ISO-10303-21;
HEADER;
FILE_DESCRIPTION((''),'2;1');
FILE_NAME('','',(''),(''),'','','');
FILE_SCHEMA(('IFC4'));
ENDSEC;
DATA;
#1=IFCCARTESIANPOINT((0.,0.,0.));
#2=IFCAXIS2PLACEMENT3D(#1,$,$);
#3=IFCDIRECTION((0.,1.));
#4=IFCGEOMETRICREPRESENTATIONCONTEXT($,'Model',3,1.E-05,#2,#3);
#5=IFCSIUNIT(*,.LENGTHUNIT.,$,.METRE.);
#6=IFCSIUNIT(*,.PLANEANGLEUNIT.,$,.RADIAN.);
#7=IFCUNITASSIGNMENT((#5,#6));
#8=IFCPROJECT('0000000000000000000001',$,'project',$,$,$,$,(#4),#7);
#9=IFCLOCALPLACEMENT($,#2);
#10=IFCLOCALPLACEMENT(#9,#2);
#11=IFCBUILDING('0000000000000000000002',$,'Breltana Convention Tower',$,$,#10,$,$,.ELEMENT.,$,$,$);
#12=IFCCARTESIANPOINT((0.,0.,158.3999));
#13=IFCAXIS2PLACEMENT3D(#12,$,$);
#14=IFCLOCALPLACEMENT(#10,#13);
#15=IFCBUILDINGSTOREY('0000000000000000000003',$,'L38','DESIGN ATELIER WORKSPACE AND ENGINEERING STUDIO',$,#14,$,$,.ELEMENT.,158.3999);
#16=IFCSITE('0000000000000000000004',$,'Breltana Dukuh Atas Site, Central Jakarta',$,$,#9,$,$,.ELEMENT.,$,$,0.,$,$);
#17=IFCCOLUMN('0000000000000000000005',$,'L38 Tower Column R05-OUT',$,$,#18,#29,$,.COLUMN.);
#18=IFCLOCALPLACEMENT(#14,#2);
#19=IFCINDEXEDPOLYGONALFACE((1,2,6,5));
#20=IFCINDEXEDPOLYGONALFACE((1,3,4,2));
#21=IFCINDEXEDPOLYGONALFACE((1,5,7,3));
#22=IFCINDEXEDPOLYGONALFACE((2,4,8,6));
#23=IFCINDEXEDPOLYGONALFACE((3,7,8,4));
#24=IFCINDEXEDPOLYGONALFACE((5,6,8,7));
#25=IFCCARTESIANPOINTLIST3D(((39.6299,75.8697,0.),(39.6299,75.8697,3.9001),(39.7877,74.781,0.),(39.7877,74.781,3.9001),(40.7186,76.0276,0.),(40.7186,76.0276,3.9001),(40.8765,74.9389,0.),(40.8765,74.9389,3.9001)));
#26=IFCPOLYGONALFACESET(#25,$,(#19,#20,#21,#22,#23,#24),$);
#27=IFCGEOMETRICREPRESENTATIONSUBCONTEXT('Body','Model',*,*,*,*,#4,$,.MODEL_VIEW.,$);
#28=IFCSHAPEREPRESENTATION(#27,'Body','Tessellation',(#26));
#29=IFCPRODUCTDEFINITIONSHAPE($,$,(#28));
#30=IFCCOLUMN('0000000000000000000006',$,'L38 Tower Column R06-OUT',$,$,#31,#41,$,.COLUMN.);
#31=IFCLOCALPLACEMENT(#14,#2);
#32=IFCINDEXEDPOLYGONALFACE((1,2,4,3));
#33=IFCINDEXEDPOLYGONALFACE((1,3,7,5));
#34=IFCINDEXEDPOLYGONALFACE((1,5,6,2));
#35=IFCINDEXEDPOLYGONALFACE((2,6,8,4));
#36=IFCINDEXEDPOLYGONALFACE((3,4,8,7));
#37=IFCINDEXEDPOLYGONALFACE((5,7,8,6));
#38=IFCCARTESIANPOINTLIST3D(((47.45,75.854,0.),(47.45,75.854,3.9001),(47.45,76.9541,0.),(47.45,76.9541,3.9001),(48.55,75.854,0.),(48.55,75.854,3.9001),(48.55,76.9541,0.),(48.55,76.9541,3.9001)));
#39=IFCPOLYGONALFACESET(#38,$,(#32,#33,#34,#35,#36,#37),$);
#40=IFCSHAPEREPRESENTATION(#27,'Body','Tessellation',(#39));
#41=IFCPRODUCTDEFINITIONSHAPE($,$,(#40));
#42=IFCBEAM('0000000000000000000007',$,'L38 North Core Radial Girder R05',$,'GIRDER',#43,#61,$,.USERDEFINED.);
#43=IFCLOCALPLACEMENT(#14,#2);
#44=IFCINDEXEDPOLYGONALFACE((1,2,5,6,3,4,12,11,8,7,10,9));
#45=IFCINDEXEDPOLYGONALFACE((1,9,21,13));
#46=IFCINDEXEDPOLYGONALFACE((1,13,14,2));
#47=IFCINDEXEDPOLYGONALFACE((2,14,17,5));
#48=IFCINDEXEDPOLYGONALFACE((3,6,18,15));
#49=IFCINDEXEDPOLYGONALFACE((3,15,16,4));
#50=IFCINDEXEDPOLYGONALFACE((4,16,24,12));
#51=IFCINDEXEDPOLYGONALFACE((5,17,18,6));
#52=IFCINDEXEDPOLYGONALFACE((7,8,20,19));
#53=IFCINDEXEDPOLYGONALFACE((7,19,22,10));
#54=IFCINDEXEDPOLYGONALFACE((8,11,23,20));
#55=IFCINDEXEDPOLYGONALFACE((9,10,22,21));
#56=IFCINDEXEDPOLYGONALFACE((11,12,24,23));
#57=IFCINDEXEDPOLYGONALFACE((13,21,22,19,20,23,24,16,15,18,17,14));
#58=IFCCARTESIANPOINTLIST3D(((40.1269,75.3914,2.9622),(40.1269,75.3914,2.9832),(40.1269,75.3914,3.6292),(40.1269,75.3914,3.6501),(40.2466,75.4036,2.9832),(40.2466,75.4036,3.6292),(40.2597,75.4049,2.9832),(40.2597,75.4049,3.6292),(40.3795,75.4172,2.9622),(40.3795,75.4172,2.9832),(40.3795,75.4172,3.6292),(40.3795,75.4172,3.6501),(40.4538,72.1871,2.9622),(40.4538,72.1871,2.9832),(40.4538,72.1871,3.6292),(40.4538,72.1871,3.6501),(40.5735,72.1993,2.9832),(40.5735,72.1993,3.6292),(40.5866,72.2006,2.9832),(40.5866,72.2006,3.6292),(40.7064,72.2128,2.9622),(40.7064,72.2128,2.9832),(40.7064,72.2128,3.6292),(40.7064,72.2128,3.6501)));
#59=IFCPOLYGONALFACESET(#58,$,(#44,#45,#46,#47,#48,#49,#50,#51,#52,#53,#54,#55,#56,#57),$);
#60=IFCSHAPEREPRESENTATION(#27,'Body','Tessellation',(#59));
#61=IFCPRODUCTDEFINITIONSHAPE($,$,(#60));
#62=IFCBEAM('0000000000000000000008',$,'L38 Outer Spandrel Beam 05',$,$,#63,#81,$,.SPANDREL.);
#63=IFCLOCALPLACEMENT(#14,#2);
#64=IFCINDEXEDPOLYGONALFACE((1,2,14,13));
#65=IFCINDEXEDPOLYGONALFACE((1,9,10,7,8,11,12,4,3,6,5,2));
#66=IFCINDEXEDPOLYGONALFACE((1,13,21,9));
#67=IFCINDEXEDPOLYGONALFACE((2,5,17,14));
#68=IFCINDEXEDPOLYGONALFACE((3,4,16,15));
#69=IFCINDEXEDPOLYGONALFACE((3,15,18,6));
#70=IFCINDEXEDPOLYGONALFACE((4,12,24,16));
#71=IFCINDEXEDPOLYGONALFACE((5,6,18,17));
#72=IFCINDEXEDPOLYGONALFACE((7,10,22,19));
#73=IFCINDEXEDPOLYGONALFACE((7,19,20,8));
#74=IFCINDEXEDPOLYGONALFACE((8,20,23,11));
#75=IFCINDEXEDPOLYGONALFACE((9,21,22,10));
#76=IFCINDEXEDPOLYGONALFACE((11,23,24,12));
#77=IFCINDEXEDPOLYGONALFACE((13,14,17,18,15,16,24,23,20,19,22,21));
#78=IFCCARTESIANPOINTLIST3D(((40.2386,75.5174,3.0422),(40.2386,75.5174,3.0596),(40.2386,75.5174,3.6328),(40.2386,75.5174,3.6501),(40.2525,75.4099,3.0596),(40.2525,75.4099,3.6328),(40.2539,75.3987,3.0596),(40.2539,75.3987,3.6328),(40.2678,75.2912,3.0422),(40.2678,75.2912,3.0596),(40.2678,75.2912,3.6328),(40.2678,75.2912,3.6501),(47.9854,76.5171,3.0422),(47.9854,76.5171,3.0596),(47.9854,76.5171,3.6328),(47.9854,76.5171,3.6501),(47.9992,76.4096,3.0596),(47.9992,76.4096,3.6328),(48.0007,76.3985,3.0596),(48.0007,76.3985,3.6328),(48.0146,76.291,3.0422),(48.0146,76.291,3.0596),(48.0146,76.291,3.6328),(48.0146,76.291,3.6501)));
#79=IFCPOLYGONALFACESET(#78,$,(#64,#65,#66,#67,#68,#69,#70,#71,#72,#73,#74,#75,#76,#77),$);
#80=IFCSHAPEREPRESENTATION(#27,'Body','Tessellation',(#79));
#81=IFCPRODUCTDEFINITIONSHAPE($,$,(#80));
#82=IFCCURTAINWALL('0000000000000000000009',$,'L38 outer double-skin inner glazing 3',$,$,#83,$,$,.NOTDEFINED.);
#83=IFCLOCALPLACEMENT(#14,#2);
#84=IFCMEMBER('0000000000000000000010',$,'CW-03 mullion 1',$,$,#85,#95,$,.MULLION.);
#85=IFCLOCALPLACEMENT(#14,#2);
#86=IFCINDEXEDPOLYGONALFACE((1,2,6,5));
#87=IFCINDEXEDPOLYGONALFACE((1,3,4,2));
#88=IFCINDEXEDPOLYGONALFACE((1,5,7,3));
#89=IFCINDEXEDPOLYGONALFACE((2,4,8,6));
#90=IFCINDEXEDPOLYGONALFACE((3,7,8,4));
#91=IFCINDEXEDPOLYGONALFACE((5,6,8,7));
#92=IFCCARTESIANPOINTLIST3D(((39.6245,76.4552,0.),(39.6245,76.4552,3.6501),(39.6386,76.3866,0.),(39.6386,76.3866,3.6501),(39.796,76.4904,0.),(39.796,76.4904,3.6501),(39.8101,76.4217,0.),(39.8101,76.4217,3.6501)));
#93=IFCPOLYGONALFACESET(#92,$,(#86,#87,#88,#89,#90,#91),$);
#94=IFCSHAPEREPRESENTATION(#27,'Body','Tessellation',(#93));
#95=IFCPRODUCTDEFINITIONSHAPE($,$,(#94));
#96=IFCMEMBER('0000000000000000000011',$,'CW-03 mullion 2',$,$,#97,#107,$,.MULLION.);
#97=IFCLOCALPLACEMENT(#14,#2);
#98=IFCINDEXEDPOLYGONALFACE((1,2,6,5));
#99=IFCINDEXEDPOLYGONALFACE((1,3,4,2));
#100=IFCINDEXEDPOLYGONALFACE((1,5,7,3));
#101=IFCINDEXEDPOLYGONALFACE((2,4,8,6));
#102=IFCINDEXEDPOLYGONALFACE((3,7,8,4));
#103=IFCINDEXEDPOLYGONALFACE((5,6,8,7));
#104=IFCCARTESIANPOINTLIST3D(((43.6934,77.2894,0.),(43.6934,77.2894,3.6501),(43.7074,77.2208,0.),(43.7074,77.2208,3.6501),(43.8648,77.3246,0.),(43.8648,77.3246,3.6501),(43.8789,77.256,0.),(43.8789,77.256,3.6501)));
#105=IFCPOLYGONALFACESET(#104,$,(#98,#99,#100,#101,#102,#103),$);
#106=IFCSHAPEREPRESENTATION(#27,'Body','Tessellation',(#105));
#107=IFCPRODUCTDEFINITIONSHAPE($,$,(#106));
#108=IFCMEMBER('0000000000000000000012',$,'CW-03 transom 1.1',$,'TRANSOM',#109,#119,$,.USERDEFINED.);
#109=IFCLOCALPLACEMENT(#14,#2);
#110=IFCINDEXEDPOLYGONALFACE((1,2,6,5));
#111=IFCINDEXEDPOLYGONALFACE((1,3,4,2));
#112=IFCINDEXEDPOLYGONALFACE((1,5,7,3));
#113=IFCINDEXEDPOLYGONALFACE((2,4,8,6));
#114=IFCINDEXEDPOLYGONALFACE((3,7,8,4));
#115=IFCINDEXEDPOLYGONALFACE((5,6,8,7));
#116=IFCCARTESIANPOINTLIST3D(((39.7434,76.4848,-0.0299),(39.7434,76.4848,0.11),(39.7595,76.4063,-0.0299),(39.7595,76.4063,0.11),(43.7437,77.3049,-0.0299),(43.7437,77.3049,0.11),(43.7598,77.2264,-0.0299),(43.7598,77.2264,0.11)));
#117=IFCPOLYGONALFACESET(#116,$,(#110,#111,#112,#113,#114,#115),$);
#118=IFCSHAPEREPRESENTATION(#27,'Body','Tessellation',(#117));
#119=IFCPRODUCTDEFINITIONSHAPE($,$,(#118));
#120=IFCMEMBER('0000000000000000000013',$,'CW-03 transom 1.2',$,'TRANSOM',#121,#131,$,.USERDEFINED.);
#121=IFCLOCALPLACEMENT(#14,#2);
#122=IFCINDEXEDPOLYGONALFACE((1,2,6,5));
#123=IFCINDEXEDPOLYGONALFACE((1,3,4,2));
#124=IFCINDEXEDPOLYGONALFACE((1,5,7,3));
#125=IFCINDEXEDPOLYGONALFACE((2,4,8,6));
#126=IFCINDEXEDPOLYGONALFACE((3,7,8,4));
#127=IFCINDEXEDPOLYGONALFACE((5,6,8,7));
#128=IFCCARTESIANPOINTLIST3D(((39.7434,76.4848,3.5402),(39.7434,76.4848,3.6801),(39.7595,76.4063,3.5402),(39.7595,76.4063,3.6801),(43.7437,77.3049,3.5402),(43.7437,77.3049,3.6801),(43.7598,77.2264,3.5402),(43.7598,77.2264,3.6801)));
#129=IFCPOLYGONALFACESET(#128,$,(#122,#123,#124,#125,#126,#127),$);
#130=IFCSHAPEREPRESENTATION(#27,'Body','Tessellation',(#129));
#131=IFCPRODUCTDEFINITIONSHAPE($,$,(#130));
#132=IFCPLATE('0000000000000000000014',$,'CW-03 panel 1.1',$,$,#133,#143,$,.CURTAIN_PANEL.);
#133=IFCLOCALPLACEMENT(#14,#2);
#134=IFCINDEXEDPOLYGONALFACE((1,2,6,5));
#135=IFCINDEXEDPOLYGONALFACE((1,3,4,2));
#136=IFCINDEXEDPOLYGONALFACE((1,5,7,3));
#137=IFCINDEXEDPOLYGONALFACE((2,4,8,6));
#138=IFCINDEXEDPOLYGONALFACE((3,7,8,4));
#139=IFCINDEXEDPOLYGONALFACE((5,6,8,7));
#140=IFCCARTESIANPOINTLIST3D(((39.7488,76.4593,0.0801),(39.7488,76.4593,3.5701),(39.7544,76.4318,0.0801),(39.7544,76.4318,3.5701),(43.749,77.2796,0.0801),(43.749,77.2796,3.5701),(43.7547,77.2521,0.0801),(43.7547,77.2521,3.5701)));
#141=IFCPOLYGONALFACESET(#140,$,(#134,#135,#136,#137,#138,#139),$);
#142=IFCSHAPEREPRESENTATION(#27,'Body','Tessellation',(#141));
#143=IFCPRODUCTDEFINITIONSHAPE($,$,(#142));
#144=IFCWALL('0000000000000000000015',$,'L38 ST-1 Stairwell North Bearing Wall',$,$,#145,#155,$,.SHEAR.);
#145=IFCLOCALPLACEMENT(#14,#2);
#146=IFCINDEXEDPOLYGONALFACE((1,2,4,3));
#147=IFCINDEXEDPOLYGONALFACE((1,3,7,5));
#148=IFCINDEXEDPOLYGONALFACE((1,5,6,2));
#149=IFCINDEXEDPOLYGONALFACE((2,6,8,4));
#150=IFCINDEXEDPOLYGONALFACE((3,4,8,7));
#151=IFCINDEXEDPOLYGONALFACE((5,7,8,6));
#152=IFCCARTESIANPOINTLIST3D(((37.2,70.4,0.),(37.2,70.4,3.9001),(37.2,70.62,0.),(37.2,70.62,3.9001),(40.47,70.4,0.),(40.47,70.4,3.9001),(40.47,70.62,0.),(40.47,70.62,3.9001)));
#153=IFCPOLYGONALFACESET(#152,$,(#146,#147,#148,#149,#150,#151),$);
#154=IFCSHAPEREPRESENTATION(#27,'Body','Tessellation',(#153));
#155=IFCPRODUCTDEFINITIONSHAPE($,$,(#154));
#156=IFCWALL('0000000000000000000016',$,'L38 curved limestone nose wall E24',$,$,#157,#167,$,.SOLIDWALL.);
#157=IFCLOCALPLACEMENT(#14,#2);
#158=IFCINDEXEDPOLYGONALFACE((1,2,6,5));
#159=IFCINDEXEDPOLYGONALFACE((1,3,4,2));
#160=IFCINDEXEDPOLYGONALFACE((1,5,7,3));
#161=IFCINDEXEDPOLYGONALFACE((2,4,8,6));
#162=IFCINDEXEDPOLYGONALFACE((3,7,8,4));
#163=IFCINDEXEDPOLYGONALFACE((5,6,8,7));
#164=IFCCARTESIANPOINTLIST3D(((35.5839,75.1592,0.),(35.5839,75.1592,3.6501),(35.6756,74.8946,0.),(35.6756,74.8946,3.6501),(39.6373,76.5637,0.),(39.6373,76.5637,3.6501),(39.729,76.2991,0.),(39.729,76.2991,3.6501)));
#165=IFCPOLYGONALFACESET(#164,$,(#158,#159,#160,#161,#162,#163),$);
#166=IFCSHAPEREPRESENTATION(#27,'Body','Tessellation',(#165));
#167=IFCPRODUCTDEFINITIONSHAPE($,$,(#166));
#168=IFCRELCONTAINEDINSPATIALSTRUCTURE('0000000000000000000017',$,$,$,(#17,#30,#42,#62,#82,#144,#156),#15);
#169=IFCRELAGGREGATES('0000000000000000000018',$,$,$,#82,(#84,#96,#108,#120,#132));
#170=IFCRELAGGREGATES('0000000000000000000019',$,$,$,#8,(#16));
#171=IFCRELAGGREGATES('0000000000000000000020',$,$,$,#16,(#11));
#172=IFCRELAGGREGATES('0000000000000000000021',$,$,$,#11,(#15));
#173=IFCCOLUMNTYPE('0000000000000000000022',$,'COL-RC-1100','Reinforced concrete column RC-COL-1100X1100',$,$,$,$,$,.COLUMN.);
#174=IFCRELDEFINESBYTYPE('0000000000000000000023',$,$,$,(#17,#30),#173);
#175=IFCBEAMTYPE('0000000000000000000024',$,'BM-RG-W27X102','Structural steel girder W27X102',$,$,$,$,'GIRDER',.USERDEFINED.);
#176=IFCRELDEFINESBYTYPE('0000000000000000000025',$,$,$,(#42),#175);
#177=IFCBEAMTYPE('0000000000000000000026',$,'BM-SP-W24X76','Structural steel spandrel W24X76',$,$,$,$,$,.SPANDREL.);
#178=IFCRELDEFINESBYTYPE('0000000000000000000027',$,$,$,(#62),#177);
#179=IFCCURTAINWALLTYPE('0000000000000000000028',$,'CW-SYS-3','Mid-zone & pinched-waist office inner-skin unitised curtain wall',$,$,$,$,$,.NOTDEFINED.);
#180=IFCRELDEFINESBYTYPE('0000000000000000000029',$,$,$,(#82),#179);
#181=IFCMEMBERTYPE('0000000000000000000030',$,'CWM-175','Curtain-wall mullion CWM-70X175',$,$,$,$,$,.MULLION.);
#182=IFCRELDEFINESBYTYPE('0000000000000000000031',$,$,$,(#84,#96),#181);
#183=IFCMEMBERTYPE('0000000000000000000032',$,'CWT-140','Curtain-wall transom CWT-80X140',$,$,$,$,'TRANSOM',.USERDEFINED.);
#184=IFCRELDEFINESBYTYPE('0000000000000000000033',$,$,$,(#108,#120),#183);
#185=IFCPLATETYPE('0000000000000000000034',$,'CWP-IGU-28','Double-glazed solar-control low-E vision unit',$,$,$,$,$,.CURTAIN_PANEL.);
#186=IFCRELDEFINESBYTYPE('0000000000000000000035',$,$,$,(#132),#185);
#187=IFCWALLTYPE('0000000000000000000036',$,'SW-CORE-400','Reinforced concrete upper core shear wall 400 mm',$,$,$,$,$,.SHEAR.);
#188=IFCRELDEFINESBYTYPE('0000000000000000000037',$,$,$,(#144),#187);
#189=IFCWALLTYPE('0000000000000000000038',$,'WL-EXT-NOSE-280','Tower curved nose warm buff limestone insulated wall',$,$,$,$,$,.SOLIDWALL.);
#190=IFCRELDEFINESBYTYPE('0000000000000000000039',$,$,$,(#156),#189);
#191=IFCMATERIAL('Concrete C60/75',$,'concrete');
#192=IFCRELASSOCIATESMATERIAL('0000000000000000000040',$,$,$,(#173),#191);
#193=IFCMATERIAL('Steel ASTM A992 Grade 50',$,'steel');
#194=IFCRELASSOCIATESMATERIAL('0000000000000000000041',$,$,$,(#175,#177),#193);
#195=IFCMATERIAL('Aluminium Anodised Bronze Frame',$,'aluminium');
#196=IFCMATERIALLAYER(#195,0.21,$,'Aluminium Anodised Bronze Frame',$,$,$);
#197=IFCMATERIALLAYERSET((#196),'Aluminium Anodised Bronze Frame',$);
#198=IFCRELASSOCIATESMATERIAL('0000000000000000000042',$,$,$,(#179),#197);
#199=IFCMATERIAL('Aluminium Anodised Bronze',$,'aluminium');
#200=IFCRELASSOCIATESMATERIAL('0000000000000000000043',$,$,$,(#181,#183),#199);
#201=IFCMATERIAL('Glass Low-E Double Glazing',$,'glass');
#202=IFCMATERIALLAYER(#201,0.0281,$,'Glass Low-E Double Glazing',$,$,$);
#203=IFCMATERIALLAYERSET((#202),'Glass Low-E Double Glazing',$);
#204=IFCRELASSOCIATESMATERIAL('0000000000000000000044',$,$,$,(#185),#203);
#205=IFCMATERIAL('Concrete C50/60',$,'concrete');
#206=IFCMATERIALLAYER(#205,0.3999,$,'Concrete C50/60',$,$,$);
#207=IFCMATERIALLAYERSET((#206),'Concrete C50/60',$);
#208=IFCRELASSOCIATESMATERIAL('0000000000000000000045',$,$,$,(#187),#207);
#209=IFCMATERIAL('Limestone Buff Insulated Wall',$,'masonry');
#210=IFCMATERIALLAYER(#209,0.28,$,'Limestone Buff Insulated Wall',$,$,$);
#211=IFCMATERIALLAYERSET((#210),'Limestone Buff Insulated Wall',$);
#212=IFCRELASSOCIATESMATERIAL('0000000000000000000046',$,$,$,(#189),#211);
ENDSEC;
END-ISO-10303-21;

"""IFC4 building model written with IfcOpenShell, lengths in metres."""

from ifc_helpers import new_model, si_unit, direction, frame, frame_2d, origin, origin_2d, place, context, subcontext, project, spatial, rectangle, i_section, extrude, source, transform, mapped, material, layer, layer_set, material_profile, profile_set, type_object, element, aggregate, save


model = new_model("IFC4")

# Units and contexts
model_context = context("Model", 3, precision=1e-05, world=origin(), true_north=direction((0.0, 1.0)))
body_context = subcontext(model_context, "Body", "Model", "MODEL_VIEW")
ifc_project = project(units=[si_unit("LENGTHUNIT", "METRE"), si_unit("PLANEANGLEUNIT", "RADIAN")], contexts=[model_context])

# Site, building, storey
site_placement = place(None, origin())
site = spatial("IfcSite", under=ifc_project, at=site_placement, Name="Breltana Dukuh Atas Site, Central Jakarta", CompositionType="ELEMENT", RefElevation=0.0)
building_placement = place(site_placement, origin())
building = spatial("IfcBuilding", under=site, at=building_placement, Name="Breltana Convention Tower", CompositionType="ELEMENT")
storey_placement = place(building_placement, frame((0.0, 0.0, 158.3999)))
storey = spatial("IfcBuildingStorey", under=building, at=storey_placement, Name="L38", Description="DESIGN ATELIER WORKSPACE AND ENGINEERING STUDIO", CompositionType="ELEMENT", Elevation=158.3999)

# Columns
ifc_material_1 = material(Name="Concrete C60/75", Category="concrete")
ifc_material_profile_1 = material_profile(ifc_material_1, rectangle(XDim=1.1001, YDim=1.1001, at=origin_2d()), Name="RC-COL-1100X1100")
ifc_profile_set_1 = profile_set([ifc_material_profile_1], Name="Concrete C60/75")
column_type = type_object("IfcColumnType", Name="COL-RC-1100", Description="Reinforced concrete column RC-COL-1100X1100", PredefinedType="COLUMN", material=ifc_profile_set_1)
shared_shape_1 = source(origin(), body_context, "Body", "SweptSolid", [
    extrude(rectangle(XDim=1.1001, YDim=1.1001, at=origin_2d()), origin(), (0.0, 0.0, 1.0), 3.9001),
])
for number, where, z_axis, x_axis, name in (
    (1, (40.2532, 75.4043, 0.0), (0.0, 0.0, 1.0), (-0.143493, 0.989651, 0.0), "L38 Tower Column R05-OUT"),
    (2, (48.0, 76.4041, 0.0), (0.0, 0.0, 1.0), (0.0, 1.0, 0.0), "L38 Tower Column R06-OUT"),
):
    element("IfcColumn", number, at=place(storey_placement, frame(where, z_axis=z_axis, x_axis=x_axis)), inside=storey, type_object=column_type, Name=name, PredefinedType="COLUMN", context=body_context, shape_type="MappedRepresentation", body=[
        mapped(shared_shape_1, transform((0.0, 0.0, 0.0), scale=1.0)),
    ])

# Beams
ifc_material_2 = material(Name="Steel ASTM A992 Grade 50", Category="steel")
ifc_material_profile_2 = material_profile(ifc_material_2, i_section(OverallWidth=0.2539, OverallDepth=0.688, WebThickness=0.0132, FlangeThickness=0.021, at=origin_2d()), Name="W27X102")
ifc_profile_set_2 = profile_set([ifc_material_profile_2], Name="Steel ASTM A992 Grade 50")
beam_type_1 = type_object("IfcBeamType", Name="BM-RG-W27X102", Description="Structural steel girder W27X102", ElementType="GIRDER", PredefinedType="USERDEFINED", material=ifc_profile_set_2)
shared_shape_2 = source(origin(), body_context, "Body", "SweptSolid", [
    extrude(i_section(OverallWidth=0.2539, OverallDepth=0.688, WebThickness=0.0132, FlangeThickness=0.021, at=origin_2d()), origin(), (0.0, 0.0, 1.0), 3.2209),
])
beam_1_placement = place(storey_placement, frame((40.5801, 72.2, 3.3062), z_axis=(-0.101492, 0.994836, 0.0), x_axis=(-0.994836, -0.101492, 0.0)))
element("IfcBeam", 3, at=beam_1_placement, inside=storey, type_object=beam_type_1, Name="L38 North Core Radial Girder R05", ObjectType="GIRDER", PredefinedType="USERDEFINED", context=body_context, shape_type="MappedRepresentation", body=[
    mapped(shared_shape_2, transform((0.0, 0.0, 0.0), scale=1.0)),
])
ifc_material_profile_3 = material_profile(ifc_material_2, i_section(OverallWidth=0.228, OverallDepth=0.6079, WebThickness=0.0112, FlangeThickness=0.0173, at=origin_2d()), Name="W24X76")
ifc_profile_set_3 = profile_set([ifc_material_profile_3], Name="Steel ASTM A992 Grade 50")
beam_type_2 = type_object("IfcBeamType", Name="BM-SP-W24X76", Description="Structural steel spandrel W24X76", PredefinedType="SPANDREL", material=ifc_profile_set_3)
shared_shape_3 = source(origin(), body_context, "Body", "SweptSolid", [
    extrude(i_section(OverallWidth=0.228, OverallDepth=0.6079, WebThickness=0.0112, FlangeThickness=0.0173, at=origin_2d()), origin(), (0.0, 0.0, 1.0), 7.811),
])
beam_2_placement = place(storey_placement, frame((40.2532, 75.4043, 3.3462), z_axis=(0.991775, 0.127992, 0.0), x_axis=(-0.127992, 0.991775, 0.0)))
element("IfcBeam", 4, at=beam_2_placement, inside=storey, type_object=beam_type_2, Name="L38 Outer Spandrel Beam 05", PredefinedType="SPANDREL", context=body_context, shape_type="MappedRepresentation", body=[
    mapped(shared_shape_3, transform((0.0, 0.0, 0.0), scale=1.0)),
])

# Curtain wall, members, plate
ifc_material_3 = material(Name="Aluminium Anodised Bronze Frame", Category="aluminium")
ifc_layer_1 = layer(ifc_material_3, 0.21, Name="Aluminium Anodised Bronze Frame")
ifc_layer_set_1 = layer_set([ifc_layer_1], Name="Aluminium Anodised Bronze Frame")
curtain_wall_type = type_object("IfcCurtainWallType", Name="CW-SYS-3", Description="Mid-zone & pinched-waist office inner-skin unitised curtain wall", PredefinedType="NOTDEFINED", material=ifc_layer_set_1)
curtain_wall_placement = place(storey_placement, origin())
curtain_wall = element("IfcCurtainWall", 5, at=curtain_wall_placement, inside=storey, type_object=curtain_wall_type, Name="L38 outer double-skin inner glazing 3", PredefinedType="NOTDEFINED")
ifc_material_4 = material(Name="Aluminium Anodised Bronze", Category="aluminium")
ifc_material_profile_4 = material_profile(ifc_material_4, rectangle(XDim=0.0701, YDim=0.175, at=origin_2d()), Name="CWM-70X175")
ifc_profile_set_4 = profile_set([ifc_material_profile_4], Name="Aluminium Anodised Bronze")
member_type_1 = type_object("IfcMemberType", Name="CWM-175", Description="Curtain-wall mullion CWM-70X175", PredefinedType="MULLION", material=ifc_profile_set_4)
shared_shape_4 = source(origin(), body_context, "Body", "SweptSolid", [
    extrude(rectangle(XDim=0.0701, YDim=0.175, at=origin_2d()), origin(), (0.0, 0.0, 1.0), 3.6501),
])
member_1_placement = place(storey_placement, frame((39.7173, 76.4385, 0.0), z_axis=(0.0, 0.0, 1.0), x_axis=(-0.200877, 0.979617, 0.0)))
member_1 = element("IfcMember", 6, at=member_1_placement, type_object=member_type_1, Name="CW-03 mullion 1", PredefinedType="MULLION", context=body_context, shape_type="MappedRepresentation", body=[
    mapped(shared_shape_4, transform((0.0, 0.0, 0.0), scale=1.0)),
])
member_2_placement = place(storey_placement, frame((43.7861, 77.2727, 0.0), z_axis=(0.0, 0.0, 1.0), x_axis=(-0.200877, 0.979617, 0.0)))
member_2 = element("IfcMember", 7, at=member_2_placement, type_object=member_type_1, Name="CW-03 mullion 2", PredefinedType="MULLION", context=body_context, shape_type="MappedRepresentation", body=[
    mapped(shared_shape_4, transform((0.0, 0.0, 0.0), scale=1.0)),
])
ifc_material_profile_5 = material_profile(ifc_material_4, rectangle(XDim=0.0801, YDim=0.1399, at=origin_2d()), Name="CWT-80X140")
ifc_profile_set_5 = profile_set([ifc_material_profile_5], Name="Aluminium Anodised Bronze")
member_type_2 = type_object("IfcMemberType", Name="CWT-140", Description="Curtain-wall transom CWT-80X140", ElementType="TRANSOM", PredefinedType="USERDEFINED", material=ifc_profile_set_5)
shared_shape_5 = source(origin(), body_context, "Body", "SweptSolid", [
    extrude(rectangle(XDim=0.0801, YDim=0.1399, at=origin_2d()), origin(), (0.0, 0.0, 1.0), 4.0835),
])
member_3_placement = place(storey_placement, frame((39.7515, 76.4456, 0.04), z_axis=(0.979627, 0.200828, 0.0), x_axis=(-0.200828, 0.979627, 0.0)))
member_3 = element("IfcMember", 8, at=member_3_placement, type_object=member_type_2, Name="CW-03 transom 1.1", ObjectType="TRANSOM", PredefinedType="USERDEFINED", context=body_context, shape_type="MappedRepresentation", body=[
    mapped(shared_shape_5, transform((0.0, 0.0, 0.0), scale=1.0)),
])
member_4_placement = place(storey_placement, frame((39.7515, 76.4456, 3.6101), z_axis=(0.979627, 0.200828, 0.0), x_axis=(-0.200828, 0.979627, 0.0)))
member_4 = element("IfcMember", 9, at=member_4_placement, type_object=member_type_2, Name="CW-03 transom 1.2", ObjectType="TRANSOM", PredefinedType="USERDEFINED", context=body_context, shape_type="MappedRepresentation", body=[
    mapped(shared_shape_5, transform((0.0, 0.0, 0.0), scale=1.0)),
])
ifc_material_5 = material(Name="Glass Low-E Double Glazing", Category="glass")
ifc_layer_2 = layer(ifc_material_5, 0.0281, Name="Glass Low-E Double Glazing")
ifc_layer_set_2 = layer_set([ifc_layer_2], Name="Glass Low-E Double Glazing")
plate_type = type_object("IfcPlateType", Name="CWP-IGU-28", Description="Double-glazed solar-control low-E vision unit", PredefinedType="CURTAIN_PANEL", material=ifc_layer_set_2)
shared_shape_6 = source(origin(), body_context, "Body", "SweptSolid", [
    extrude(rectangle(XDim=4.0835, YDim=0.0281, at=origin_2d()), origin(), (0.0, 0.0, 1.0), 3.49),
])
plate_placement = place(storey_placement, frame((41.7517, 76.8557, 0.0801), z_axis=(0.0, 0.0, 1.0), x_axis=(0.979617, 0.200877, 0.0)))
plate = element("IfcPlate", 10, at=plate_placement, type_object=plate_type, Name="CW-03 panel 1.1", PredefinedType="CURTAIN_PANEL", context=body_context, shape_type="MappedRepresentation", body=[
    mapped(shared_shape_6, transform((0.0, 0.0, 0.0), scale=1.0)),
])
aggregate(curtain_wall, [member_1, member_2, member_3, member_4, plate])

# Walls
ifc_material_6 = material(Name="Concrete C50/60", Category="concrete")
ifc_layer_3 = layer(ifc_material_6, 0.3999, Name="Concrete C50/60")
ifc_layer_set_3 = layer_set([ifc_layer_3], Name="Concrete C50/60")
wall_type_1 = type_object("IfcWallType", Name="SW-CORE-400", Description="Reinforced concrete upper core shear wall 400 mm", PredefinedType="SHEAR", material=ifc_layer_set_3)
shared_shape_7 = source(origin(), body_context, "Body", "SweptSolid", [
    extrude(rectangle(XDim=3.27, YDim=0.22, at=frame_2d((1.635, 0.0))), origin(), (0.0, 0.0, 1.0), 3.9001),
])
wall_1_placement = place(storey_placement, frame((37.2, 70.51, 0.0), z_axis=(0.0, 0.0, 1.0), x_axis=(1.0, 0.0, 0.0)))
element("IfcWall", 11, at=wall_1_placement, inside=storey, type_object=wall_type_1, Name="L38 ST-1 Stairwell North Bearing Wall", PredefinedType="SHEAR", context=body_context, shape_type="MappedRepresentation", body=[
    mapped(shared_shape_7, transform((0.0, 0.0, 0.0), scale=1.0)),
])
ifc_material_7 = material(Name="Limestone Buff Insulated Wall", Category="masonry")
ifc_layer_4 = layer(ifc_material_7, 0.28, Name="Limestone Buff Insulated Wall")
ifc_layer_set_4 = layer_set([ifc_layer_4], Name="Limestone Buff Insulated Wall")
wall_type_2 = type_object("IfcWallType", Name="WL-EXT-NOSE-280", Description="Tower curved nose warm buff limestone insulated wall", PredefinedType="SOLIDWALL", material=ifc_layer_set_4)
shared_shape_8 = source(origin(), body_context, "Body", "SweptSolid", [
    extrude(rectangle(XDim=4.2898, YDim=0.28, at=frame_2d((2.145, 0.0))), origin(), (0.0, 0.0, 1.0), 3.6501),
])
wall_2_placement = place(storey_placement, frame((35.6296, 75.0269, 0.0), z_axis=(0.0, 0.0, 1.0), x_axis=(0.944884, 0.327406, 0.0)))
element("IfcWall", 12, at=wall_2_placement, inside=storey, type_object=wall_type_2, Name="L38 curved limestone nose wall E24", PredefinedType="SOLIDWALL", context=body_context, shape_type="MappedRepresentation", body=[
    mapped(shared_shape_8, transform((0.0, 0.0, 0.0), scale=1.0)),
])

save(model, "model.ifc")
